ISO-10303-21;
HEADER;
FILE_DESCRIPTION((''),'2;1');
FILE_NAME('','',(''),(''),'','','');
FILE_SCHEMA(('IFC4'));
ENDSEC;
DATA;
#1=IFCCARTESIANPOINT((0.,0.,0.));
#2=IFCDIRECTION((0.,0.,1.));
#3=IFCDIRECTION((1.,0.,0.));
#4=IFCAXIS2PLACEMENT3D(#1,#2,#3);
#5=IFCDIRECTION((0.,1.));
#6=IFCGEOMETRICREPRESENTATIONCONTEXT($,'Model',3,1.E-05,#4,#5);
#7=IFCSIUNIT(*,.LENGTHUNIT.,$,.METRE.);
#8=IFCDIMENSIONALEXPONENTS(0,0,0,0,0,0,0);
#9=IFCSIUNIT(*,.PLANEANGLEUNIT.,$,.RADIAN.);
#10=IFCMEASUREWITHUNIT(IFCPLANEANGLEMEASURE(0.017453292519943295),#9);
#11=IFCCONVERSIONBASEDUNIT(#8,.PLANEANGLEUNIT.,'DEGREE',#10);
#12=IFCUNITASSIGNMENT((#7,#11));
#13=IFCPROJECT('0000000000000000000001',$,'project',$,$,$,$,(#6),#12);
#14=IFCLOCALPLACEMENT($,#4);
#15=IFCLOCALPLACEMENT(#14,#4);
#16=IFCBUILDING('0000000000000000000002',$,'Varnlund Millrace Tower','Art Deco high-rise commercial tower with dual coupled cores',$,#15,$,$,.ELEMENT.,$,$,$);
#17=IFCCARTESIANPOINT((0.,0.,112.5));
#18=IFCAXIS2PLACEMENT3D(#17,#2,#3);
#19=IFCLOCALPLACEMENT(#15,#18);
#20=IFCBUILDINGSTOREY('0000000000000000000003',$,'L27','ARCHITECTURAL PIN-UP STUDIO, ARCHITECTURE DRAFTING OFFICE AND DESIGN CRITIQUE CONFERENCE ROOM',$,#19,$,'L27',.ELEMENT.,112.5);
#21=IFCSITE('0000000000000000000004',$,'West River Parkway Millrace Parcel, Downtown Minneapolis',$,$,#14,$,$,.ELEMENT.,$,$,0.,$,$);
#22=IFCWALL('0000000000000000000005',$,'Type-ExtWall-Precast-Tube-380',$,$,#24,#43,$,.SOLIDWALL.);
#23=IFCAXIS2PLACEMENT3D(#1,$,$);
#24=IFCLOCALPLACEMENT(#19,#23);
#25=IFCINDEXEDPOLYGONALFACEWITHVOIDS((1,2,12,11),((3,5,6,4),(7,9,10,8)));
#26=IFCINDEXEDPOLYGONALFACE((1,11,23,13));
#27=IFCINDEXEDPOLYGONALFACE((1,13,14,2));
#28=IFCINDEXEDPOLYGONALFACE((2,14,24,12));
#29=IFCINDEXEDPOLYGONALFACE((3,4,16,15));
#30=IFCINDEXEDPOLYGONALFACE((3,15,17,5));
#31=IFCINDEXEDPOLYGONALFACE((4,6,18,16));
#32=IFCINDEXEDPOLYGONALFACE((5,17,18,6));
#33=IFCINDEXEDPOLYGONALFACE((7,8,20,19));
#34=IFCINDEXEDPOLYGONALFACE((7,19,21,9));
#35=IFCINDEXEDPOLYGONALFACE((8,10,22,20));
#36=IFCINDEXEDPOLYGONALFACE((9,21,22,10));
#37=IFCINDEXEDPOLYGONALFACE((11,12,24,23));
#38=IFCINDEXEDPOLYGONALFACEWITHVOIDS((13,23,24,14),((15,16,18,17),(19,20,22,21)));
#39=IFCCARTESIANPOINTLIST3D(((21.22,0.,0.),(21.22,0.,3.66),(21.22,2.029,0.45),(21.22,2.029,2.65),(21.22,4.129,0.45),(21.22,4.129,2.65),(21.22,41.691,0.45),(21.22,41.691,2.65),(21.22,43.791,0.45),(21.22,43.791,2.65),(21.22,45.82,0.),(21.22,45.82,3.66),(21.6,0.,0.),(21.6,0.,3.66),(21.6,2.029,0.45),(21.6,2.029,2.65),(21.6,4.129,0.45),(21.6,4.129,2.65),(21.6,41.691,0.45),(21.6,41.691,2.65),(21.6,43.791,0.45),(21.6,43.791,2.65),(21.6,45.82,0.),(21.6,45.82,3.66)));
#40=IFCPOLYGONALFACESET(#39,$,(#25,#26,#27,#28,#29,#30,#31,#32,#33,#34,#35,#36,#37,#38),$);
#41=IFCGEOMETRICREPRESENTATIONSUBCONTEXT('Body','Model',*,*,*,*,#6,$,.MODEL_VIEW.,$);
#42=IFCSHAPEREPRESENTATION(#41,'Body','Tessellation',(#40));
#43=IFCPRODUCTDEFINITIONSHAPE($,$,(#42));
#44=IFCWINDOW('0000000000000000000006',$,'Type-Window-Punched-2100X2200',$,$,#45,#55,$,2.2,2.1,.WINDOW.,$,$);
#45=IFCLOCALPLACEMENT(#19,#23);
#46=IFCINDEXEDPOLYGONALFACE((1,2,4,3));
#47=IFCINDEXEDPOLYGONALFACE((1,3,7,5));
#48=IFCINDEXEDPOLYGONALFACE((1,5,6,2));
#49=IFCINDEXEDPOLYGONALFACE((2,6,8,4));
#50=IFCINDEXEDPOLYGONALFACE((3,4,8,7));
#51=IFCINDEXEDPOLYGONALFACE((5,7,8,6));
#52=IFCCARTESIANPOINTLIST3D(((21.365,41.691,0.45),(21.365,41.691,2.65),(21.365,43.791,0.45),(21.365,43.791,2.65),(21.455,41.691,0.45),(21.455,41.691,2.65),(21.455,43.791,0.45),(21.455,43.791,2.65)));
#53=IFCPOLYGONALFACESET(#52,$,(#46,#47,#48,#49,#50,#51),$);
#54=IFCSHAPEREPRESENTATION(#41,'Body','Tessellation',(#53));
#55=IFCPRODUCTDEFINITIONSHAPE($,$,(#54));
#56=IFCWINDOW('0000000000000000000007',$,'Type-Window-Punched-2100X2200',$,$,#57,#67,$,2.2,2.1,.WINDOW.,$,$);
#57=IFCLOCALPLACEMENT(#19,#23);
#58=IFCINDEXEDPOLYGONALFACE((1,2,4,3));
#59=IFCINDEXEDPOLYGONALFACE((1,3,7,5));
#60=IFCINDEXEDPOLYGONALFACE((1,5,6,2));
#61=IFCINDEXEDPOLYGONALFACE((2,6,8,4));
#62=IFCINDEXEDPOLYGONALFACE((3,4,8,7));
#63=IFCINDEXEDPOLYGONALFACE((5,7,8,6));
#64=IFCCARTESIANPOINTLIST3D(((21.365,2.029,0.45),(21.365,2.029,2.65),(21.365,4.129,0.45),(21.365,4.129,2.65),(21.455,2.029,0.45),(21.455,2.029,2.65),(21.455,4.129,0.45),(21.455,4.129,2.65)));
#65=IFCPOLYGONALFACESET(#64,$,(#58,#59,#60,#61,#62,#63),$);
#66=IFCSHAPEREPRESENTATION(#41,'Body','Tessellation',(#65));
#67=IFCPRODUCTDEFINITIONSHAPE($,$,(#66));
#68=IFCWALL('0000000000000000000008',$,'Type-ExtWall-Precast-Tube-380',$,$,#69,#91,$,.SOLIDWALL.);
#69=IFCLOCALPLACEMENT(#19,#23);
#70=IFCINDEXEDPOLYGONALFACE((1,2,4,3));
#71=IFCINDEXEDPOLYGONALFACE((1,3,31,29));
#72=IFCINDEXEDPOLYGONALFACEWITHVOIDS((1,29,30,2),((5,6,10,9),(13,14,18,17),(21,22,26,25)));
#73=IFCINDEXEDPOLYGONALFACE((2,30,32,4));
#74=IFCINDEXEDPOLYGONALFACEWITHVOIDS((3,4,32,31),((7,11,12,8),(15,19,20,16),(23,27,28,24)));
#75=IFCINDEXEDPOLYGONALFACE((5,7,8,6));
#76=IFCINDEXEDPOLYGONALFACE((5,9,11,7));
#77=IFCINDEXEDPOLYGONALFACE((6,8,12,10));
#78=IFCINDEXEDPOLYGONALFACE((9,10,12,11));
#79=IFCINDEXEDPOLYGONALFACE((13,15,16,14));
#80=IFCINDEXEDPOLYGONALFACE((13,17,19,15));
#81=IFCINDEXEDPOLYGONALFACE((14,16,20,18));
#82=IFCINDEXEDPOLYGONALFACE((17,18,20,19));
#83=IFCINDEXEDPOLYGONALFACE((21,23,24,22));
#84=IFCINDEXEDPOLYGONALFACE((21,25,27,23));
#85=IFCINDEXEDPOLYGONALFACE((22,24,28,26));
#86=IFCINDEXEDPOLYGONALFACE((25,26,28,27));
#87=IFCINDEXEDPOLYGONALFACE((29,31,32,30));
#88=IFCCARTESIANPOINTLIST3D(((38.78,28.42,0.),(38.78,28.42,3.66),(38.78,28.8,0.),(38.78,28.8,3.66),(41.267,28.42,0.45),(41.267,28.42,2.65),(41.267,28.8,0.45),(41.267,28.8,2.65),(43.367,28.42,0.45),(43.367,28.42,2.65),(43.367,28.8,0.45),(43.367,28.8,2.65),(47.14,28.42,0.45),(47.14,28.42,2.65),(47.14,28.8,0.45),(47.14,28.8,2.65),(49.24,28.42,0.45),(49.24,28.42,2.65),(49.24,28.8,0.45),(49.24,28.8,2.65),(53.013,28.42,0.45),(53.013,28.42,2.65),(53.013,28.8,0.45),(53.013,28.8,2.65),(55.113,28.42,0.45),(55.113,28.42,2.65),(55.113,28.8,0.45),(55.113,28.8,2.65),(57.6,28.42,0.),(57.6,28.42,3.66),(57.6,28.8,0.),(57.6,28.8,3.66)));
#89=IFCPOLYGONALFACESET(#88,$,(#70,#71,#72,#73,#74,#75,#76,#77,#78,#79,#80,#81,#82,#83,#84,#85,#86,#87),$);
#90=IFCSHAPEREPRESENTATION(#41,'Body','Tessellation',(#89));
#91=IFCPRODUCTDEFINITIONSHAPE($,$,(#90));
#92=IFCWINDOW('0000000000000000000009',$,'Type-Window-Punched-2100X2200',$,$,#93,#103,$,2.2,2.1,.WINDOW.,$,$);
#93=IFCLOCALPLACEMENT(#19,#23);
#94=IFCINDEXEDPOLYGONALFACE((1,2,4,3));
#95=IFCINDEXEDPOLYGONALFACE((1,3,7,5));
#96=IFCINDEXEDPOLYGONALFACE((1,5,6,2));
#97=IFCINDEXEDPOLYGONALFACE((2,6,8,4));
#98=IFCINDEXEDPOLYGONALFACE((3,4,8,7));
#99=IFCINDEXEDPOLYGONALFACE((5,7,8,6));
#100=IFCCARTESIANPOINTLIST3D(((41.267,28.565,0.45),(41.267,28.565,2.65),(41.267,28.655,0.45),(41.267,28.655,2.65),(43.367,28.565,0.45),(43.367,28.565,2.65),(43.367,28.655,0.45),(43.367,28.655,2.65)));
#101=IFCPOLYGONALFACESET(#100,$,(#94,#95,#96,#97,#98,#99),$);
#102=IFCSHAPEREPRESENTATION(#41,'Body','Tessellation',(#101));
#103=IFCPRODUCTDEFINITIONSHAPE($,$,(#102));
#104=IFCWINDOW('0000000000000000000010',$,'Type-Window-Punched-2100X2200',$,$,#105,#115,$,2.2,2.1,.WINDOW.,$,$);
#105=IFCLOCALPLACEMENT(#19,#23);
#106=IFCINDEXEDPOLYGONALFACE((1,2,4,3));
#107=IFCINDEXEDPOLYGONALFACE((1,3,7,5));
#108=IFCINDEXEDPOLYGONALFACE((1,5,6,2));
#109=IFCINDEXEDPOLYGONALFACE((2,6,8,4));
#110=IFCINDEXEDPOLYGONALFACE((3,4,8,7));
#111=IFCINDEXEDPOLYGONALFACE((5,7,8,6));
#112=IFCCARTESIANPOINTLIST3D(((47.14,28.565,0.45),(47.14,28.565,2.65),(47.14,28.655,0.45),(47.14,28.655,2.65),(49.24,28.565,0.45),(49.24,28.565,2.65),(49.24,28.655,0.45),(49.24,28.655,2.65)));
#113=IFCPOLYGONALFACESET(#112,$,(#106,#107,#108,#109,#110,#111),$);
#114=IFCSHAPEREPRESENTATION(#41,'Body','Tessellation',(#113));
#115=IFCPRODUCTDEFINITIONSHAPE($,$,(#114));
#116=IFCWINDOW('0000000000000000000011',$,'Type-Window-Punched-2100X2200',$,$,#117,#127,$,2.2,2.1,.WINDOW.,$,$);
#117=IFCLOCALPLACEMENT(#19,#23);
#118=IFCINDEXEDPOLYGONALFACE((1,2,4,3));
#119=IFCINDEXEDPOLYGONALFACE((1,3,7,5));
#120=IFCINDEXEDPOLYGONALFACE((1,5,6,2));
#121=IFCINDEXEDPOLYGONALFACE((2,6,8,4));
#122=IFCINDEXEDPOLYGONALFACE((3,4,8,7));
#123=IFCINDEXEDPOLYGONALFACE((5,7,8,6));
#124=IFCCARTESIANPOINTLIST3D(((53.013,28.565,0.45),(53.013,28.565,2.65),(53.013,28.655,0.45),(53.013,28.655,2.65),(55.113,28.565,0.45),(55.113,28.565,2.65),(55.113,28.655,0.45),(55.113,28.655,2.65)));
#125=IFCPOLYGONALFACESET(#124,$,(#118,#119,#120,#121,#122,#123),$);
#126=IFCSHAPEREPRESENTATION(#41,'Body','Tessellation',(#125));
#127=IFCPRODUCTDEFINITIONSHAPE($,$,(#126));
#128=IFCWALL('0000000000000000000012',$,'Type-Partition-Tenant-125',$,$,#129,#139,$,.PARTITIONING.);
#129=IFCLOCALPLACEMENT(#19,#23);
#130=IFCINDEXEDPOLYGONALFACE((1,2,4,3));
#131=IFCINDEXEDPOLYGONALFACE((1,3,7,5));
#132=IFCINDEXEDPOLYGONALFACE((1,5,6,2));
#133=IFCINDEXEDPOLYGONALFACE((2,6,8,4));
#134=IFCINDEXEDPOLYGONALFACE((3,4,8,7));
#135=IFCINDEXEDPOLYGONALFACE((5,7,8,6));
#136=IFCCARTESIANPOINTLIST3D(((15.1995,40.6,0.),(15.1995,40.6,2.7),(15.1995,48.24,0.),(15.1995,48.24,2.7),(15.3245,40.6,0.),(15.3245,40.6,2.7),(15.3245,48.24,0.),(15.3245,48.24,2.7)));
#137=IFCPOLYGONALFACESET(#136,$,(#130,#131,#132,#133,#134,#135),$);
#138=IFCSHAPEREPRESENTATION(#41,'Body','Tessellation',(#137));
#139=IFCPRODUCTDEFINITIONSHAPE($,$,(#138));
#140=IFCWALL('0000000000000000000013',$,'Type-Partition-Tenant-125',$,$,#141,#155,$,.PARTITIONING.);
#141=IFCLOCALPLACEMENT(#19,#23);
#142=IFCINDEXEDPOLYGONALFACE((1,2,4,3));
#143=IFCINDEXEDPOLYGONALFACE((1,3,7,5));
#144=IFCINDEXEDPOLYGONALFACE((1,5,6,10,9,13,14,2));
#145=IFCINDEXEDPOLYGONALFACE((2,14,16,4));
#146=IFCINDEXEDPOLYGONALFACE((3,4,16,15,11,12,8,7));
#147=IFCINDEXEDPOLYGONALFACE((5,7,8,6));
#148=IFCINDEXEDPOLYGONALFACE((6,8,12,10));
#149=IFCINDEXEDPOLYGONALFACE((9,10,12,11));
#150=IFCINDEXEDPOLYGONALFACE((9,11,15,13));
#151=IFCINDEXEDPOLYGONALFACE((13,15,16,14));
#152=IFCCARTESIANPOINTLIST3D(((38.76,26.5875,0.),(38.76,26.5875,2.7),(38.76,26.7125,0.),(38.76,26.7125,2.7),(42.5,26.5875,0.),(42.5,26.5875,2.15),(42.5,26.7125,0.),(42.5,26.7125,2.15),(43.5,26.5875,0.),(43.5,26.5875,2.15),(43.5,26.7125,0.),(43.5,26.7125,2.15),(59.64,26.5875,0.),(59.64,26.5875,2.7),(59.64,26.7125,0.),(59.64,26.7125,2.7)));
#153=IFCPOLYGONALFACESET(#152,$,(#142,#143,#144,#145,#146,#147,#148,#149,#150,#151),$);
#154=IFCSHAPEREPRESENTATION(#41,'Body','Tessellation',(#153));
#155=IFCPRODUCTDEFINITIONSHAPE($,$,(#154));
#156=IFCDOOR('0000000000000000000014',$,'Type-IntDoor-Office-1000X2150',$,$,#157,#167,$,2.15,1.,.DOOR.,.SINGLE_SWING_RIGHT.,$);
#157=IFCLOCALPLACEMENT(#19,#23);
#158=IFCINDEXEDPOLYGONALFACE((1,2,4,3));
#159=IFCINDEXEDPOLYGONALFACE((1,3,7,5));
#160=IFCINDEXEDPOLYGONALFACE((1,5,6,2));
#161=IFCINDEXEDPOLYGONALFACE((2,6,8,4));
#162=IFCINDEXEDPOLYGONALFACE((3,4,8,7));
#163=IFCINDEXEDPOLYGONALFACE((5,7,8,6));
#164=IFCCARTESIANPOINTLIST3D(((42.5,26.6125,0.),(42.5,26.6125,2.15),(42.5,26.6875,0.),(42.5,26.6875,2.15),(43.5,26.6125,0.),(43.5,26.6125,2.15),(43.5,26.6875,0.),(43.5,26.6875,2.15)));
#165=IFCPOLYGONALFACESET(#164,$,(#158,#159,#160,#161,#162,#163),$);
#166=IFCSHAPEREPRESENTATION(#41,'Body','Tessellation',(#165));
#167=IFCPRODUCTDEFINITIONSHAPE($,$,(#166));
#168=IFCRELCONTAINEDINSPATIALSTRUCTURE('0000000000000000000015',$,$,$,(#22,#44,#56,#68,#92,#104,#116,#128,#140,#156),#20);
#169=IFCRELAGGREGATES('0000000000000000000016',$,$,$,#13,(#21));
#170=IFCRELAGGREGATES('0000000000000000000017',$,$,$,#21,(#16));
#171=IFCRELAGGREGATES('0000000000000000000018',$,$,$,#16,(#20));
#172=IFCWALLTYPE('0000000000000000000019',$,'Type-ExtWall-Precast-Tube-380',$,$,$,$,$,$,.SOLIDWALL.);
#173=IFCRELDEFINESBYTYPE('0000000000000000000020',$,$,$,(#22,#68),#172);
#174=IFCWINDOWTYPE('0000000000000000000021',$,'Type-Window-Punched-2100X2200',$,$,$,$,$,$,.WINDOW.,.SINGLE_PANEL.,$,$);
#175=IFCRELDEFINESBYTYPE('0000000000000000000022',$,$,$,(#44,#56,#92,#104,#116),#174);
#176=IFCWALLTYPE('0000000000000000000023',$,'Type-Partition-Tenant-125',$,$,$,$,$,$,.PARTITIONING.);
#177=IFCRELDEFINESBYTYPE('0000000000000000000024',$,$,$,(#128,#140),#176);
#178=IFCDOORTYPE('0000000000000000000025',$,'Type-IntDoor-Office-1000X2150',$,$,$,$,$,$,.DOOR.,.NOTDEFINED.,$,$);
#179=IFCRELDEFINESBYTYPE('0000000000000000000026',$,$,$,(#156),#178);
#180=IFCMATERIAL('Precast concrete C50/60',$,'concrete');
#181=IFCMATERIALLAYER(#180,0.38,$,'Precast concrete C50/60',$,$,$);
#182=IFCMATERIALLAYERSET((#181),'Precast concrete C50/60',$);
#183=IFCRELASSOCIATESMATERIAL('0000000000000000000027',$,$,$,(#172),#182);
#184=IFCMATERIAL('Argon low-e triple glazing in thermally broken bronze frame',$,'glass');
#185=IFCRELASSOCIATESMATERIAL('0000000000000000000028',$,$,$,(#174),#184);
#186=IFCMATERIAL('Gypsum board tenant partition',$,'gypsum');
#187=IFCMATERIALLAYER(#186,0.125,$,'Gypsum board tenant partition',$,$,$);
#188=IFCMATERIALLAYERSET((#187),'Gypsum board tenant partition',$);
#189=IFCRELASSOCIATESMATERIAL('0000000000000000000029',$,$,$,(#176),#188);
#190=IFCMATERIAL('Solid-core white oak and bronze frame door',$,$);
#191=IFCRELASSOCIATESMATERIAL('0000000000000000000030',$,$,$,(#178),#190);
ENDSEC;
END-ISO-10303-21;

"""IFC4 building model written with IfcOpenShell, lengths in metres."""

from ifc_helpers import new_model, entity, si_unit, converted_unit, direction, frame, origin_with_axes, origin_2d_with_axis, place, context, subcontext, project, spatial, polyline, rectangle, outline, extrude, material, layer, layer_set, type_object, element, fill, save


model = new_model("IFC4")

# Units and contexts
model_context = context("Model", 3, precision=1e-05, world=origin_with_axes(), true_north=direction((0.0, 1.0)))
body_context = subcontext(model_context, "Body", "Model", "MODEL_VIEW")
ifc_project = project(units=[si_unit("LENGTHUNIT", "METRE"), converted_unit("PLANEANGLEUNIT", "DEGREE", entity("IfcPlaneAngleMeasure", 0.017453292519943295), si_unit("PLANEANGLEUNIT", "RADIAN"), dimensions=[0, 0, 0, 0, 0, 0, 0])], contexts=[model_context])

# Site, building, storey
site_placement = place(None, origin_with_axes())
site = spatial("IfcSite", under=ifc_project, at=site_placement, Name="West River Parkway Millrace Parcel, Downtown Minneapolis", CompositionType="ELEMENT", RefElevation=0.0)
building_placement = place(site_placement, origin_with_axes())
building = spatial("IfcBuilding", under=site, at=building_placement, Name="Varnlund Millrace Tower", Description="Art Deco high-rise commercial tower with dual coupled cores", CompositionType="ELEMENT")
storey_placement = place(building_placement, frame((0.0, 0.0, 112.5), z_axis=(0.0, 0.0, 1.0), x_axis=(1.0, 0.0, 0.0)))
storey = spatial("IfcBuildingStorey", under=building, at=storey_placement, Name="L27", Description="ARCHITECTURAL PIN-UP STUDIO, ARCHITECTURE DRAFTING OFFICE AND DESIGN CRITIQUE CONFERENCE ROOM", LongName="L27", CompositionType="ELEMENT", Elevation=112.5)

# Shared definitions
ifc_material_1 = material(Name="Precast concrete C50/60", Category="concrete")
ifc_layer_1 = layer(ifc_material_1, 0.38, Name="Precast concrete C50/60")
ifc_layer_set_1 = layer_set([ifc_layer_1], Name="Precast concrete C50/60")
wall_type_1 = type_object("IfcWallType", Name="Type-ExtWall-Precast-Tube-380", PredefinedType="SOLIDWALL", material=ifc_layer_set_1)

# Walls, openings, windows
wall_1_placement = place(storey_placement, frame((21.41, 45.82, 0.0), z_axis=(0.0, 0.0, 1.0), x_axis=(0.0, -1.0, 0.0)))
wall_1 = element("IfcWall", 1, at=wall_1_placement, inside=storey, type_object=wall_type_1, Name="Type-ExtWall-Precast-Tube-380", PredefinedType="SOLIDWALL", context=body_context, shape_type="SweptSolid", body=[
    extrude(outline(polyline([(0.0, -0.19), (45.82, -0.19), (45.82, 0.19), (0.0, 0.19), (0.0, -0.19)])), origin_with_axes(), (0.0, 0.0, 1.0), 3.66),
])
opening_1_placement = place(wall_1_placement, frame((3.079, 0.0, 0.45), z_axis=(0.0, 0.0, 1.0), x_axis=(1.0, 0.0, 0.0)))
opening_1 = element("IfcOpeningElement", 2, at=opening_1_placement, cuts=wall_1, PredefinedType="OPENING", context=body_context, shape_type="SweptSolid", body=[
    extrude(rectangle(XDim=2.1, YDim=0.4, at=origin_2d_with_axis()), origin_with_axes(), (0.0, 0.0, 1.0), 2.2),
])
opening_2_placement = place(wall_1_placement, frame((42.741, 0.0, 0.45), z_axis=(0.0, 0.0, 1.0), x_axis=(1.0, 0.0, 0.0)))
opening_2 = element("IfcOpeningElement", 3, at=opening_2_placement, cuts=wall_1, PredefinedType="OPENING", context=body_context, shape_type="SweptSolid", body=[
    extrude(rectangle(XDim=2.1, YDim=0.4, at=origin_2d_with_axis()), origin_with_axes(), (0.0, 0.0, 1.0), 2.2),
])
ifc_material_2 = material(Name="Argon low-e triple glazing in thermally broken bronze frame", Category="glass")
window_type = type_object("IfcWindowType", Name="Type-Window-Punched-2100X2200", PartitioningType="SINGLE_PANEL", PredefinedType="WINDOW", material=ifc_material_2)
window_1_placement = place(wall_1_placement, frame((3.079, 0.0, 0.45), z_axis=(0.0, 0.0, 1.0), x_axis=(1.0, 0.0, 0.0)))
window_1 = element("IfcWindow", 4, at=window_1_placement, inside=storey, type_object=window_type, Name="Type-Window-Punched-2100X2200", OverallHeight=2.2, OverallWidth=2.1, PredefinedType="WINDOW", context=body_context, shape_type="SweptSolid", body=[
    extrude(rectangle(XDim=2.1, YDim=0.09, at=origin_2d_with_axis()), origin_with_axes(), (0.0, 0.0, 1.0), 2.2),
])
fill(opening_1, window_1)
window_2_placement = place(wall_1_placement, frame((42.741, 0.0, 0.45), z_axis=(0.0, 0.0, 1.0), x_axis=(1.0, 0.0, 0.0)))
window_2 = element("IfcWindow", 5, at=window_2_placement, inside=storey, type_object=window_type, Name="Type-Window-Punched-2100X2200", OverallHeight=2.2, OverallWidth=2.1, PredefinedType="WINDOW", context=body_context, shape_type="SweptSolid", body=[
    extrude(rectangle(XDim=2.1, YDim=0.09, at=origin_2d_with_axis()), origin_with_axes(), (0.0, 0.0, 1.0), 2.2),
])
fill(opening_2, window_2)
wall_2_placement = place(storey_placement, frame((38.78, 28.61, 0.0), z_axis=(0.0, 0.0, 1.0), x_axis=(1.0, 0.0, 0.0)))
wall_2 = element("IfcWall", 6, at=wall_2_placement, inside=storey, type_object=wall_type_1, Name="Type-ExtWall-Precast-Tube-380", PredefinedType="SOLIDWALL", context=body_context, shape_type="SweptSolid", body=[
    extrude(outline(polyline([(0.0, -0.19), (18.82, -0.19), (18.82, 0.19), (0.0, 0.19), (0.0, -0.19)])), origin_with_axes(), (0.0, 0.0, 1.0), 3.66),
])
opening_3_placement = place(wall_2_placement, frame((3.537, 0.0, 0.45), z_axis=(0.0, 0.0, 1.0), x_axis=(1.0, 0.0, 0.0)))
opening_3 = element("IfcOpeningElement", 7, at=opening_3_placement, cuts=wall_2, PredefinedType="OPENING", context=body_context, shape_type="SweptSolid", body=[
    extrude(rectangle(XDim=2.1, YDim=0.4, at=origin_2d_with_axis()), origin_with_axes(), (0.0, 0.0, 1.0), 2.2),
])
opening_4_placement = place(wall_2_placement, frame((9.41, 0.0, 0.45), z_axis=(0.0, 0.0, 1.0), x_axis=(1.0, 0.0, 0.0)))
opening_4 = element("IfcOpeningElement", 8, at=opening_4_placement, cuts=wall_2, PredefinedType="OPENING", context=body_context, shape_type="SweptSolid", body=[
    extrude(rectangle(XDim=2.1, YDim=0.4, at=origin_2d_with_axis()), origin_with_axes(), (0.0, 0.0, 1.0), 2.2),
])
opening_5_placement = place(wall_2_placement, frame((15.283, 0.0, 0.45), z_axis=(0.0, 0.0, 1.0), x_axis=(1.0, 0.0, 0.0)))
opening_5 = element("IfcOpeningElement", 9, at=opening_5_placement, cuts=wall_2, PredefinedType="OPENING", context=body_context, shape_type="SweptSolid", body=[
    extrude(rectangle(XDim=2.1, YDim=0.4, at=origin_2d_with_axis()), origin_with_axes(), (0.0, 0.0, 1.0), 2.2),
])
window_3_placement = place(wall_2_placement, frame((3.537, 0.0, 0.45), z_axis=(0.0, 0.0, 1.0), x_axis=(1.0, 0.0, 0.0)))
window_3 = element("IfcWindow", 10, at=window_3_placement, inside=storey, type_object=window_type, Name="Type-Window-Punched-2100X2200", OverallHeight=2.2, OverallWidth=2.1, PredefinedType="WINDOW", context=body_context, shape_type="SweptSolid", body=[
    extrude(rectangle(XDim=2.1, YDim=0.09, at=origin_2d_with_axis()), origin_with_axes(), (0.0, 0.0, 1.0), 2.2),
])
fill(opening_3, window_3)
window_4_placement = place(wall_2_placement, frame((9.41, 0.0, 0.45), z_axis=(0.0, 0.0, 1.0), x_axis=(1.0, 0.0, 0.0)))
window_4 = element("IfcWindow", 11, at=window_4_placement, inside=storey, type_object=window_type, Name="Type-Window-Punched-2100X2200", OverallHeight=2.2, OverallWidth=2.1, PredefinedType="WINDOW", context=body_context, shape_type="SweptSolid", body=[
    extrude(rectangle(XDim=2.1, YDim=0.09, at=origin_2d_with_axis()), origin_with_axes(), (0.0, 0.0, 1.0), 2.2),
])
fill(opening_4, window_4)
window_5_placement = place(wall_2_placement, frame((15.283, 0.0, 0.45), z_axis=(0.0, 0.0, 1.0), x_axis=(1.0, 0.0, 0.0)))
window_5 = element("IfcWindow", 12, at=window_5_placement, inside=storey, type_object=window_type, Name="Type-Window-Punched-2100X2200", OverallHeight=2.2, OverallWidth=2.1, PredefinedType="WINDOW", context=body_context, shape_type="SweptSolid", body=[
    extrude(rectangle(XDim=2.1, YDim=0.09, at=origin_2d_with_axis()), origin_with_axes(), (0.0, 0.0, 1.0), 2.2),
])
fill(opening_5, window_5)

# Wall
ifc_material_3 = material(Name="Gypsum board tenant partition", Category="gypsum")
ifc_layer_2 = layer(ifc_material_3, 0.125, Name="Gypsum board tenant partition")
ifc_layer_set_2 = layer_set([ifc_layer_2], Name="Gypsum board tenant partition")
wall_type_2 = type_object("IfcWallType", Name="Type-Partition-Tenant-125", PredefinedType="PARTITIONING", material=ifc_layer_set_2)
wall_3_placement = place(storey_placement, frame((15.262, 40.6, 0.0), z_axis=(0.0, 0.0, 1.0), x_axis=(0.0, 1.0, 0.0)))
element("IfcWall", 13, at=wall_3_placement, inside=storey, type_object=wall_type_2, Name="Type-Partition-Tenant-125", PredefinedType="PARTITIONING", context=body_context, shape_type="SweptSolid", body=[
    extrude(outline(polyline([(0.0, -0.0625), (7.64, -0.0625), (7.64, 0.0625), (0.0, 0.0625), (0.0, -0.0625)])), origin_with_axes(), (0.0, 0.0, 1.0), 2.7),
])

# Wall, opening, door
wall_4_placement = place(storey_placement, frame((38.76, 26.65, 0.0), z_axis=(0.0, 0.0, 1.0), x_axis=(1.0, 0.0, 0.0)))
wall_4 = element("IfcWall", 14, at=wall_4_placement, inside=storey, type_object=wall_type_2, Name="Type-Partition-Tenant-125", PredefinedType="PARTITIONING", context=body_context, shape_type="SweptSolid", body=[
    extrude(outline(polyline([(0.0, -0.0625), (20.88, -0.0625), (20.88, 0.0625), (0.0, 0.0625), (0.0, -0.0625)])), origin_with_axes(), (0.0, 0.0, 1.0), 2.7),
])
opening_6_placement = place(wall_4_placement, frame((4.24, 0.0, 0.0), z_axis=(0.0, 0.0, 1.0), x_axis=(1.0, 0.0, 0.0)))
opening_6 = element("IfcOpeningElement", 15, at=opening_6_placement, cuts=wall_4, PredefinedType="OPENING", context=body_context, shape_type="SweptSolid", body=[
    extrude(rectangle(XDim=1.0, YDim=0.145, at=origin_2d_with_axis()), origin_with_axes(), (0.0, 0.0, 1.0), 2.15),
])
ifc_material_4 = material(Name="Solid-core white oak and bronze frame door")
door_type = type_object("IfcDoorType", Name="Type-IntDoor-Office-1000X2150", OperationType="NOTDEFINED", PredefinedType="DOOR", material=ifc_material_4)
door_placement = place(wall_4_placement, frame((4.24, 0.0, 0.0), z_axis=(0.0, 0.0, 1.0), x_axis=(1.0, 0.0, 0.0)))
door = element("IfcDoor", 16, at=door_placement, inside=storey, type_object=door_type, Name="Type-IntDoor-Office-1000X2150", OperationType="SINGLE_SWING_RIGHT", OverallHeight=2.15, OverallWidth=1.0, PredefinedType="DOOR", context=body_context, shape_type="SweptSolid", body=[
    extrude(rectangle(XDim=1.0, YDim=0.075, at=origin_2d_with_axis()), origin_with_axes(), (0.0, 0.0, 1.0), 2.15),
])
fill(opening_6, door)

save(model, "model.ifc")
